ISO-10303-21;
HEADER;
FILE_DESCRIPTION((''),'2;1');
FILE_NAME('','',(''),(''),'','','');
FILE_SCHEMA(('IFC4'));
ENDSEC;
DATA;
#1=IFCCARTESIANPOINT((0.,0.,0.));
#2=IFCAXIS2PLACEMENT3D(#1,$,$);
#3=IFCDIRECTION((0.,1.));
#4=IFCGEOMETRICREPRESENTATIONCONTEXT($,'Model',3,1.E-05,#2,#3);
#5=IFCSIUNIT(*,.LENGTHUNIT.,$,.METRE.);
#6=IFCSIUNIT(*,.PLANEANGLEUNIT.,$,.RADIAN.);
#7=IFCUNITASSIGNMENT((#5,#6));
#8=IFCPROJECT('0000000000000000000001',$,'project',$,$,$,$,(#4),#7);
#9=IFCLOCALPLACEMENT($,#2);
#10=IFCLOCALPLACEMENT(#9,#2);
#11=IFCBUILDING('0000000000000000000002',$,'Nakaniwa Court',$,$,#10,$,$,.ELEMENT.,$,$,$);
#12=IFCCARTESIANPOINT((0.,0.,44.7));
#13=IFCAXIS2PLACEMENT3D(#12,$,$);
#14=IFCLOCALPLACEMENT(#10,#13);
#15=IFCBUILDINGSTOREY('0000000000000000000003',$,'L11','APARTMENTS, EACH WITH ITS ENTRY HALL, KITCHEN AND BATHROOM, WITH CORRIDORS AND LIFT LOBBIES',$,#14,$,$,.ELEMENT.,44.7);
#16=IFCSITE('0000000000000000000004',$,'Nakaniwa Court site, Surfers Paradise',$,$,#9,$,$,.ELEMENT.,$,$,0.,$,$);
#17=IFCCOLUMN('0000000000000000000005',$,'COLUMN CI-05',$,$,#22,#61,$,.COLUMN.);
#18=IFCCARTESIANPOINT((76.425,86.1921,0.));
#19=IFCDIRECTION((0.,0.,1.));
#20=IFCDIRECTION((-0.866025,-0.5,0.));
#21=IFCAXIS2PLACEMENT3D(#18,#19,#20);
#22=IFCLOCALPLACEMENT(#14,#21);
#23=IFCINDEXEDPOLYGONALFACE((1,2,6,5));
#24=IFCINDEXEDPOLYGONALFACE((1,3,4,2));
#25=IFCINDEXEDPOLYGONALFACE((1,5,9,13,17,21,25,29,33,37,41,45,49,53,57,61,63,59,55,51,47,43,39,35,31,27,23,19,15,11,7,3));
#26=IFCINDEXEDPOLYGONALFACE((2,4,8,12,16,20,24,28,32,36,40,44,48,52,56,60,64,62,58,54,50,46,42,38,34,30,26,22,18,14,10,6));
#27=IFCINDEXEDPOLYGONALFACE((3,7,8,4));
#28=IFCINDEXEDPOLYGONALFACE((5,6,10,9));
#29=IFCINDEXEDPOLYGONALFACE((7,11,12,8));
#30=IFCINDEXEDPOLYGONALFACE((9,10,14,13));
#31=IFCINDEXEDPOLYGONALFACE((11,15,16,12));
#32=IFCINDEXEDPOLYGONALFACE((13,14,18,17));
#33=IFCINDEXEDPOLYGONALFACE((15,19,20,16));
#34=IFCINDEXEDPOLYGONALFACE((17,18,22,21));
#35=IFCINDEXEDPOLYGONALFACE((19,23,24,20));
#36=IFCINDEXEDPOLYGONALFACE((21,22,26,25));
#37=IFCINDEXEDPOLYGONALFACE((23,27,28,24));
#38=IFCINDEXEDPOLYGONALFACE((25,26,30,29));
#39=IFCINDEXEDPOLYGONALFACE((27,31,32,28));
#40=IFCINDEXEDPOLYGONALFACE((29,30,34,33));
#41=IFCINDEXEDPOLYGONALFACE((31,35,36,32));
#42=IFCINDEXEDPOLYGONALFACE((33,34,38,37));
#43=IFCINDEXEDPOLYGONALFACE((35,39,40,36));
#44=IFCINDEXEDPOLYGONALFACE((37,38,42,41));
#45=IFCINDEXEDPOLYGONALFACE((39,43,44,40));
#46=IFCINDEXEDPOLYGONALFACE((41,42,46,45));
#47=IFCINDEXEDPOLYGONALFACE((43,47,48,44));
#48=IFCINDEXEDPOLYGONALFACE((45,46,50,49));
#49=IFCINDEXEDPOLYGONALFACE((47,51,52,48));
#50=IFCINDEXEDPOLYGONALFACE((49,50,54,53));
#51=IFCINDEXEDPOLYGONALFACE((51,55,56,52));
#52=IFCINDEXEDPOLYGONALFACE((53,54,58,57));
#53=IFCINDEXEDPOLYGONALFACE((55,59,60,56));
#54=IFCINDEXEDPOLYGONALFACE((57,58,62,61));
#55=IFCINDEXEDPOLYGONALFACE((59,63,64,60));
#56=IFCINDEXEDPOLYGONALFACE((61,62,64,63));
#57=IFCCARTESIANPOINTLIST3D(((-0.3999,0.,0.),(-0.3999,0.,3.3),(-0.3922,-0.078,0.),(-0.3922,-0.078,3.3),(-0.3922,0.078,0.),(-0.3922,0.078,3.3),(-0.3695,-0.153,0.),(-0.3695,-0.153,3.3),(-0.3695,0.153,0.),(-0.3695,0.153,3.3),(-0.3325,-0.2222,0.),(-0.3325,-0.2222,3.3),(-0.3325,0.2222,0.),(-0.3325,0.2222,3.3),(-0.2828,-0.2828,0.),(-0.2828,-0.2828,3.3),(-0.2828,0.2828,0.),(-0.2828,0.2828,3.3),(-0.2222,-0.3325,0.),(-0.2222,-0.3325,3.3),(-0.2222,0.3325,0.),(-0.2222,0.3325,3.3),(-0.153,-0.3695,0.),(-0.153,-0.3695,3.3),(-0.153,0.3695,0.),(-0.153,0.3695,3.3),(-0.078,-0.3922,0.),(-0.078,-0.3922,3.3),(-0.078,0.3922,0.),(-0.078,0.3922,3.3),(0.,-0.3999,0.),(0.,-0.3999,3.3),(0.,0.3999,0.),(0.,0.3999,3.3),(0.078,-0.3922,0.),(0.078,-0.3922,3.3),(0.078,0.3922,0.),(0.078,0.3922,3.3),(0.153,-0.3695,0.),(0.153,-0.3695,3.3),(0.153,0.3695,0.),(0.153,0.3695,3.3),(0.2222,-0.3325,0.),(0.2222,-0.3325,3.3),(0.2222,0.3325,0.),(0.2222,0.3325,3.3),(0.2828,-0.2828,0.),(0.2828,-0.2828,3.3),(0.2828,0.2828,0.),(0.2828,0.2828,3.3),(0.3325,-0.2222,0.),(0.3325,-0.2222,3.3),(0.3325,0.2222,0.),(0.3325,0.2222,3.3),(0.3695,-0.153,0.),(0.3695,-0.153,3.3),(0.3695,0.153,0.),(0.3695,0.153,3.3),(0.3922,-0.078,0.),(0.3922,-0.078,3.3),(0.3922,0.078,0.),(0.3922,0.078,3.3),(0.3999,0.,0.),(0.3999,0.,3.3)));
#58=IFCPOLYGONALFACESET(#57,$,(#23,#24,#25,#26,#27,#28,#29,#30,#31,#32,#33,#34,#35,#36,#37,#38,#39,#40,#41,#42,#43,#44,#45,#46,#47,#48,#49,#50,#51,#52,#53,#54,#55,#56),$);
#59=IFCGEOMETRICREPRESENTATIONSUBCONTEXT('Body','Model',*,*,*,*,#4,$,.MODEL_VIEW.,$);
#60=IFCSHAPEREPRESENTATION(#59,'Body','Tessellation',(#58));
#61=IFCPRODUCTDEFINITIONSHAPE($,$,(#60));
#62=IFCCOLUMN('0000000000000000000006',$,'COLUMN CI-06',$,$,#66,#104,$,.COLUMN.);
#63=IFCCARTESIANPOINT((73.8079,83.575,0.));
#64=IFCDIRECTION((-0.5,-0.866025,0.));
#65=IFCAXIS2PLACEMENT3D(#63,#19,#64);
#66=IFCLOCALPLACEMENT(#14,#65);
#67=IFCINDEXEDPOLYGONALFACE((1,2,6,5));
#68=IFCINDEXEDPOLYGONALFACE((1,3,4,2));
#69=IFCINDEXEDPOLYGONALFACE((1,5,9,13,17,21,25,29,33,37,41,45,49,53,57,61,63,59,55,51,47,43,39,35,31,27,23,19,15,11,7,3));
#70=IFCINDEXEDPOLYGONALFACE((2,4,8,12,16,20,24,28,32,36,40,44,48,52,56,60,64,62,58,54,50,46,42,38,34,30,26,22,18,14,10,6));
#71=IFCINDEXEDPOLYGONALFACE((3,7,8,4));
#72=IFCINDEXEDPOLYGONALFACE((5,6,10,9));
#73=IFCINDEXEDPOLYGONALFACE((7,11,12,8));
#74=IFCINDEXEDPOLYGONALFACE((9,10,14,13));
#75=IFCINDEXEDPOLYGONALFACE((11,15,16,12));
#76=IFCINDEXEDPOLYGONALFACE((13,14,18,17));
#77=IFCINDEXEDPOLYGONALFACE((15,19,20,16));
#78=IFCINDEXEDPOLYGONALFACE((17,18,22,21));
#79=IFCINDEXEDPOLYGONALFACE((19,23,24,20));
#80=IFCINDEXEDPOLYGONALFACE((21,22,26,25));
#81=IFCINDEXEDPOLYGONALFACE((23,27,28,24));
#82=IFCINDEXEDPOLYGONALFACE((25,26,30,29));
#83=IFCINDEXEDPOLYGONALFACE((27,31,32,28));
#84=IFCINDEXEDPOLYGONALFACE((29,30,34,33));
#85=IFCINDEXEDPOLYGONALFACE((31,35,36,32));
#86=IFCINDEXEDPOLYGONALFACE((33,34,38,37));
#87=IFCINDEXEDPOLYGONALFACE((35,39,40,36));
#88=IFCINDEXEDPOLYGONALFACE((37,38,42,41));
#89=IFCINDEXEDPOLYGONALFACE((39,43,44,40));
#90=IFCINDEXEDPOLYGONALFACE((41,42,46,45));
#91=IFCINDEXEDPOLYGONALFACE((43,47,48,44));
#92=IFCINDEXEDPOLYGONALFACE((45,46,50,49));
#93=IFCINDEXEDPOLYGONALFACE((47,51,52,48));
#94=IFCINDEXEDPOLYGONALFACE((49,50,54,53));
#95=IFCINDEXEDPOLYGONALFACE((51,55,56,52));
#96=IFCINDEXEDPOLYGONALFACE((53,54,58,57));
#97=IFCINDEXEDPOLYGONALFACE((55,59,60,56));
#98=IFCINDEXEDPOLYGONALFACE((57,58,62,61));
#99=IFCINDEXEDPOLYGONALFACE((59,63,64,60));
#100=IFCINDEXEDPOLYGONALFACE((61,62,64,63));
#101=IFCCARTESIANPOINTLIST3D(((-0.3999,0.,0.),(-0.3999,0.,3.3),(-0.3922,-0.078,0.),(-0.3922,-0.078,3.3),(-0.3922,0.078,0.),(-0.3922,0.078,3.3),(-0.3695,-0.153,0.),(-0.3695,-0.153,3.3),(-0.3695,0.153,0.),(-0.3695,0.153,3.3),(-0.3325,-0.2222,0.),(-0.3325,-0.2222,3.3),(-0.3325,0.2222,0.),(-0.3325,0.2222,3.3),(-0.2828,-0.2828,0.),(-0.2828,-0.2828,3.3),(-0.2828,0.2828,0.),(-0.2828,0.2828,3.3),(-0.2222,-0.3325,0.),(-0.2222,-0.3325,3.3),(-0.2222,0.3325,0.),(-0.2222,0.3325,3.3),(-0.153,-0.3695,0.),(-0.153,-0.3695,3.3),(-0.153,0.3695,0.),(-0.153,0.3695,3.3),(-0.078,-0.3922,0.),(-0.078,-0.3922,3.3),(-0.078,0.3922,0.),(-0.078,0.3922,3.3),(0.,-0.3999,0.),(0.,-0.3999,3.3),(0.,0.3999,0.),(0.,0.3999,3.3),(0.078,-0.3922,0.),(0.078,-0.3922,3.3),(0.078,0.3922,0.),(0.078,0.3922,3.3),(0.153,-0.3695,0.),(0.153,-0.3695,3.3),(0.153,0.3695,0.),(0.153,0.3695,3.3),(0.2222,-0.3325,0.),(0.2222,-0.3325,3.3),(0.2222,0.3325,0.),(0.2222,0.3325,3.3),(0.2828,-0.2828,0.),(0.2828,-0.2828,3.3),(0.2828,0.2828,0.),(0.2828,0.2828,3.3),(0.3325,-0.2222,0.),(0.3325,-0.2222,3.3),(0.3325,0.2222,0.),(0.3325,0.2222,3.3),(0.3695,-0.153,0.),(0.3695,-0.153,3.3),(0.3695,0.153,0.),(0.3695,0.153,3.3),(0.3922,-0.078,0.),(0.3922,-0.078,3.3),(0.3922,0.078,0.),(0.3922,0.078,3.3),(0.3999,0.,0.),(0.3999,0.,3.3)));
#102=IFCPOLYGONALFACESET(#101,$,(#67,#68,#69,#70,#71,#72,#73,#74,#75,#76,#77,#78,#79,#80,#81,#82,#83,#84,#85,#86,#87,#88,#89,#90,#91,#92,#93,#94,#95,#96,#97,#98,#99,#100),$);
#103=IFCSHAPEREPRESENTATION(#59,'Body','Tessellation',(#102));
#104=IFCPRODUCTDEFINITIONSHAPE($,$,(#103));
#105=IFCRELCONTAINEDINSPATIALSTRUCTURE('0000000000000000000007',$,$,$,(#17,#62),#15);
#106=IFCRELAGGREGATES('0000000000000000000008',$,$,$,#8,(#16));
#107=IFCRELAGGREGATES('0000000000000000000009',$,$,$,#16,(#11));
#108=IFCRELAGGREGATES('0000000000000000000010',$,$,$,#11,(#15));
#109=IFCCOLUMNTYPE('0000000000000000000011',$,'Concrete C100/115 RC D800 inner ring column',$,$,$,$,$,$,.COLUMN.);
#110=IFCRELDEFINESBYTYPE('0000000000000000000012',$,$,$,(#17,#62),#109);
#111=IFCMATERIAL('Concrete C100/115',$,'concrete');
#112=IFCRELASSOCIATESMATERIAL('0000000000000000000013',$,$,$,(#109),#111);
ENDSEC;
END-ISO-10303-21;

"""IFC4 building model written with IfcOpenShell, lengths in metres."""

from ifc_helpers import new_model, si_unit, direction, frame, origin, origin_2d, place, context, subcontext, project, spatial, circle, extrude, material, material_profile, profile_set, type_object, element, save


model = new_model("IFC4")

# Units and contexts
model_context = context("Model", 3, precision=1e-05, world=origin(), true_north=direction((0.0, 1.0)))
body_context = subcontext(model_context, "Body", "Model", "MODEL_VIEW")
ifc_project = project(units=[si_unit("LENGTHUNIT", "METRE"), si_unit("PLANEANGLEUNIT", "RADIAN")], contexts=[model_context])

# Site, building, storey
site_placement = place(None, origin())
site = spatial("IfcSite", under=ifc_project, at=site_placement, Name="Nakaniwa Court site, Surfers Paradise", CompositionType="ELEMENT", RefElevation=0.0)
building_placement = place(site_placement, origin())
building = spatial("IfcBuilding", under=site, at=building_placement, Name="Nakaniwa Court", CompositionType="ELEMENT")
storey_placement = place(building_placement, frame((0.0, 0.0, 44.7)))
storey = spatial("IfcBuildingStorey", under=building, at=storey_placement, Name="L11", Description="APARTMENTS, EACH WITH ITS ENTRY HALL, KITCHEN AND BATHROOM, WITH CORRIDORS AND LIFT LOBBIES", CompositionType="ELEMENT", Elevation=44.7)

# Columns
ifc_material_1 = material(Name="Concrete C100/115", Category="concrete")
ifc_material_profile_1 = material_profile(ifc_material_1, circle(Radius=0.3999, at=origin_2d()), Name="Concrete C100/115 RC D800 inner ring column")
ifc_profile_set_1 = profile_set([ifc_material_profile_1], Name="Concrete C100/115")
column_type_1 = type_object("IfcColumnType", Name="Concrete C100/115 RC D800 inner ring column", PredefinedType="COLUMN", material=ifc_profile_set_1)
for number, where, z_axis, x_axis, name in (
    (1, (76.425, 86.1921, 0.0), (0.0, 0.0, 1.0), (-0.866025, -0.5, 0.0), "COLUMN CI-05"),
    (2, (73.8079, 83.575, 0.0), (0.0, 0.0, 1.0), (-0.5, -0.866025, 0.0), "COLUMN CI-06"),
):
    element("IfcColumn", number, at=place(storey_placement, frame(where, z_axis=z_axis, x_axis=x_axis)), inside=storey, type_object=column_type_1, Name=name, PredefinedType="COLUMN", context=body_context, shape_type="SweptSolid", body=[
        extrude(circle(Radius=0.3999, at=origin_2d()), origin(), (0.0, 0.0, 1.0), 3.3),
    ])

save(model, "model.ifc")
